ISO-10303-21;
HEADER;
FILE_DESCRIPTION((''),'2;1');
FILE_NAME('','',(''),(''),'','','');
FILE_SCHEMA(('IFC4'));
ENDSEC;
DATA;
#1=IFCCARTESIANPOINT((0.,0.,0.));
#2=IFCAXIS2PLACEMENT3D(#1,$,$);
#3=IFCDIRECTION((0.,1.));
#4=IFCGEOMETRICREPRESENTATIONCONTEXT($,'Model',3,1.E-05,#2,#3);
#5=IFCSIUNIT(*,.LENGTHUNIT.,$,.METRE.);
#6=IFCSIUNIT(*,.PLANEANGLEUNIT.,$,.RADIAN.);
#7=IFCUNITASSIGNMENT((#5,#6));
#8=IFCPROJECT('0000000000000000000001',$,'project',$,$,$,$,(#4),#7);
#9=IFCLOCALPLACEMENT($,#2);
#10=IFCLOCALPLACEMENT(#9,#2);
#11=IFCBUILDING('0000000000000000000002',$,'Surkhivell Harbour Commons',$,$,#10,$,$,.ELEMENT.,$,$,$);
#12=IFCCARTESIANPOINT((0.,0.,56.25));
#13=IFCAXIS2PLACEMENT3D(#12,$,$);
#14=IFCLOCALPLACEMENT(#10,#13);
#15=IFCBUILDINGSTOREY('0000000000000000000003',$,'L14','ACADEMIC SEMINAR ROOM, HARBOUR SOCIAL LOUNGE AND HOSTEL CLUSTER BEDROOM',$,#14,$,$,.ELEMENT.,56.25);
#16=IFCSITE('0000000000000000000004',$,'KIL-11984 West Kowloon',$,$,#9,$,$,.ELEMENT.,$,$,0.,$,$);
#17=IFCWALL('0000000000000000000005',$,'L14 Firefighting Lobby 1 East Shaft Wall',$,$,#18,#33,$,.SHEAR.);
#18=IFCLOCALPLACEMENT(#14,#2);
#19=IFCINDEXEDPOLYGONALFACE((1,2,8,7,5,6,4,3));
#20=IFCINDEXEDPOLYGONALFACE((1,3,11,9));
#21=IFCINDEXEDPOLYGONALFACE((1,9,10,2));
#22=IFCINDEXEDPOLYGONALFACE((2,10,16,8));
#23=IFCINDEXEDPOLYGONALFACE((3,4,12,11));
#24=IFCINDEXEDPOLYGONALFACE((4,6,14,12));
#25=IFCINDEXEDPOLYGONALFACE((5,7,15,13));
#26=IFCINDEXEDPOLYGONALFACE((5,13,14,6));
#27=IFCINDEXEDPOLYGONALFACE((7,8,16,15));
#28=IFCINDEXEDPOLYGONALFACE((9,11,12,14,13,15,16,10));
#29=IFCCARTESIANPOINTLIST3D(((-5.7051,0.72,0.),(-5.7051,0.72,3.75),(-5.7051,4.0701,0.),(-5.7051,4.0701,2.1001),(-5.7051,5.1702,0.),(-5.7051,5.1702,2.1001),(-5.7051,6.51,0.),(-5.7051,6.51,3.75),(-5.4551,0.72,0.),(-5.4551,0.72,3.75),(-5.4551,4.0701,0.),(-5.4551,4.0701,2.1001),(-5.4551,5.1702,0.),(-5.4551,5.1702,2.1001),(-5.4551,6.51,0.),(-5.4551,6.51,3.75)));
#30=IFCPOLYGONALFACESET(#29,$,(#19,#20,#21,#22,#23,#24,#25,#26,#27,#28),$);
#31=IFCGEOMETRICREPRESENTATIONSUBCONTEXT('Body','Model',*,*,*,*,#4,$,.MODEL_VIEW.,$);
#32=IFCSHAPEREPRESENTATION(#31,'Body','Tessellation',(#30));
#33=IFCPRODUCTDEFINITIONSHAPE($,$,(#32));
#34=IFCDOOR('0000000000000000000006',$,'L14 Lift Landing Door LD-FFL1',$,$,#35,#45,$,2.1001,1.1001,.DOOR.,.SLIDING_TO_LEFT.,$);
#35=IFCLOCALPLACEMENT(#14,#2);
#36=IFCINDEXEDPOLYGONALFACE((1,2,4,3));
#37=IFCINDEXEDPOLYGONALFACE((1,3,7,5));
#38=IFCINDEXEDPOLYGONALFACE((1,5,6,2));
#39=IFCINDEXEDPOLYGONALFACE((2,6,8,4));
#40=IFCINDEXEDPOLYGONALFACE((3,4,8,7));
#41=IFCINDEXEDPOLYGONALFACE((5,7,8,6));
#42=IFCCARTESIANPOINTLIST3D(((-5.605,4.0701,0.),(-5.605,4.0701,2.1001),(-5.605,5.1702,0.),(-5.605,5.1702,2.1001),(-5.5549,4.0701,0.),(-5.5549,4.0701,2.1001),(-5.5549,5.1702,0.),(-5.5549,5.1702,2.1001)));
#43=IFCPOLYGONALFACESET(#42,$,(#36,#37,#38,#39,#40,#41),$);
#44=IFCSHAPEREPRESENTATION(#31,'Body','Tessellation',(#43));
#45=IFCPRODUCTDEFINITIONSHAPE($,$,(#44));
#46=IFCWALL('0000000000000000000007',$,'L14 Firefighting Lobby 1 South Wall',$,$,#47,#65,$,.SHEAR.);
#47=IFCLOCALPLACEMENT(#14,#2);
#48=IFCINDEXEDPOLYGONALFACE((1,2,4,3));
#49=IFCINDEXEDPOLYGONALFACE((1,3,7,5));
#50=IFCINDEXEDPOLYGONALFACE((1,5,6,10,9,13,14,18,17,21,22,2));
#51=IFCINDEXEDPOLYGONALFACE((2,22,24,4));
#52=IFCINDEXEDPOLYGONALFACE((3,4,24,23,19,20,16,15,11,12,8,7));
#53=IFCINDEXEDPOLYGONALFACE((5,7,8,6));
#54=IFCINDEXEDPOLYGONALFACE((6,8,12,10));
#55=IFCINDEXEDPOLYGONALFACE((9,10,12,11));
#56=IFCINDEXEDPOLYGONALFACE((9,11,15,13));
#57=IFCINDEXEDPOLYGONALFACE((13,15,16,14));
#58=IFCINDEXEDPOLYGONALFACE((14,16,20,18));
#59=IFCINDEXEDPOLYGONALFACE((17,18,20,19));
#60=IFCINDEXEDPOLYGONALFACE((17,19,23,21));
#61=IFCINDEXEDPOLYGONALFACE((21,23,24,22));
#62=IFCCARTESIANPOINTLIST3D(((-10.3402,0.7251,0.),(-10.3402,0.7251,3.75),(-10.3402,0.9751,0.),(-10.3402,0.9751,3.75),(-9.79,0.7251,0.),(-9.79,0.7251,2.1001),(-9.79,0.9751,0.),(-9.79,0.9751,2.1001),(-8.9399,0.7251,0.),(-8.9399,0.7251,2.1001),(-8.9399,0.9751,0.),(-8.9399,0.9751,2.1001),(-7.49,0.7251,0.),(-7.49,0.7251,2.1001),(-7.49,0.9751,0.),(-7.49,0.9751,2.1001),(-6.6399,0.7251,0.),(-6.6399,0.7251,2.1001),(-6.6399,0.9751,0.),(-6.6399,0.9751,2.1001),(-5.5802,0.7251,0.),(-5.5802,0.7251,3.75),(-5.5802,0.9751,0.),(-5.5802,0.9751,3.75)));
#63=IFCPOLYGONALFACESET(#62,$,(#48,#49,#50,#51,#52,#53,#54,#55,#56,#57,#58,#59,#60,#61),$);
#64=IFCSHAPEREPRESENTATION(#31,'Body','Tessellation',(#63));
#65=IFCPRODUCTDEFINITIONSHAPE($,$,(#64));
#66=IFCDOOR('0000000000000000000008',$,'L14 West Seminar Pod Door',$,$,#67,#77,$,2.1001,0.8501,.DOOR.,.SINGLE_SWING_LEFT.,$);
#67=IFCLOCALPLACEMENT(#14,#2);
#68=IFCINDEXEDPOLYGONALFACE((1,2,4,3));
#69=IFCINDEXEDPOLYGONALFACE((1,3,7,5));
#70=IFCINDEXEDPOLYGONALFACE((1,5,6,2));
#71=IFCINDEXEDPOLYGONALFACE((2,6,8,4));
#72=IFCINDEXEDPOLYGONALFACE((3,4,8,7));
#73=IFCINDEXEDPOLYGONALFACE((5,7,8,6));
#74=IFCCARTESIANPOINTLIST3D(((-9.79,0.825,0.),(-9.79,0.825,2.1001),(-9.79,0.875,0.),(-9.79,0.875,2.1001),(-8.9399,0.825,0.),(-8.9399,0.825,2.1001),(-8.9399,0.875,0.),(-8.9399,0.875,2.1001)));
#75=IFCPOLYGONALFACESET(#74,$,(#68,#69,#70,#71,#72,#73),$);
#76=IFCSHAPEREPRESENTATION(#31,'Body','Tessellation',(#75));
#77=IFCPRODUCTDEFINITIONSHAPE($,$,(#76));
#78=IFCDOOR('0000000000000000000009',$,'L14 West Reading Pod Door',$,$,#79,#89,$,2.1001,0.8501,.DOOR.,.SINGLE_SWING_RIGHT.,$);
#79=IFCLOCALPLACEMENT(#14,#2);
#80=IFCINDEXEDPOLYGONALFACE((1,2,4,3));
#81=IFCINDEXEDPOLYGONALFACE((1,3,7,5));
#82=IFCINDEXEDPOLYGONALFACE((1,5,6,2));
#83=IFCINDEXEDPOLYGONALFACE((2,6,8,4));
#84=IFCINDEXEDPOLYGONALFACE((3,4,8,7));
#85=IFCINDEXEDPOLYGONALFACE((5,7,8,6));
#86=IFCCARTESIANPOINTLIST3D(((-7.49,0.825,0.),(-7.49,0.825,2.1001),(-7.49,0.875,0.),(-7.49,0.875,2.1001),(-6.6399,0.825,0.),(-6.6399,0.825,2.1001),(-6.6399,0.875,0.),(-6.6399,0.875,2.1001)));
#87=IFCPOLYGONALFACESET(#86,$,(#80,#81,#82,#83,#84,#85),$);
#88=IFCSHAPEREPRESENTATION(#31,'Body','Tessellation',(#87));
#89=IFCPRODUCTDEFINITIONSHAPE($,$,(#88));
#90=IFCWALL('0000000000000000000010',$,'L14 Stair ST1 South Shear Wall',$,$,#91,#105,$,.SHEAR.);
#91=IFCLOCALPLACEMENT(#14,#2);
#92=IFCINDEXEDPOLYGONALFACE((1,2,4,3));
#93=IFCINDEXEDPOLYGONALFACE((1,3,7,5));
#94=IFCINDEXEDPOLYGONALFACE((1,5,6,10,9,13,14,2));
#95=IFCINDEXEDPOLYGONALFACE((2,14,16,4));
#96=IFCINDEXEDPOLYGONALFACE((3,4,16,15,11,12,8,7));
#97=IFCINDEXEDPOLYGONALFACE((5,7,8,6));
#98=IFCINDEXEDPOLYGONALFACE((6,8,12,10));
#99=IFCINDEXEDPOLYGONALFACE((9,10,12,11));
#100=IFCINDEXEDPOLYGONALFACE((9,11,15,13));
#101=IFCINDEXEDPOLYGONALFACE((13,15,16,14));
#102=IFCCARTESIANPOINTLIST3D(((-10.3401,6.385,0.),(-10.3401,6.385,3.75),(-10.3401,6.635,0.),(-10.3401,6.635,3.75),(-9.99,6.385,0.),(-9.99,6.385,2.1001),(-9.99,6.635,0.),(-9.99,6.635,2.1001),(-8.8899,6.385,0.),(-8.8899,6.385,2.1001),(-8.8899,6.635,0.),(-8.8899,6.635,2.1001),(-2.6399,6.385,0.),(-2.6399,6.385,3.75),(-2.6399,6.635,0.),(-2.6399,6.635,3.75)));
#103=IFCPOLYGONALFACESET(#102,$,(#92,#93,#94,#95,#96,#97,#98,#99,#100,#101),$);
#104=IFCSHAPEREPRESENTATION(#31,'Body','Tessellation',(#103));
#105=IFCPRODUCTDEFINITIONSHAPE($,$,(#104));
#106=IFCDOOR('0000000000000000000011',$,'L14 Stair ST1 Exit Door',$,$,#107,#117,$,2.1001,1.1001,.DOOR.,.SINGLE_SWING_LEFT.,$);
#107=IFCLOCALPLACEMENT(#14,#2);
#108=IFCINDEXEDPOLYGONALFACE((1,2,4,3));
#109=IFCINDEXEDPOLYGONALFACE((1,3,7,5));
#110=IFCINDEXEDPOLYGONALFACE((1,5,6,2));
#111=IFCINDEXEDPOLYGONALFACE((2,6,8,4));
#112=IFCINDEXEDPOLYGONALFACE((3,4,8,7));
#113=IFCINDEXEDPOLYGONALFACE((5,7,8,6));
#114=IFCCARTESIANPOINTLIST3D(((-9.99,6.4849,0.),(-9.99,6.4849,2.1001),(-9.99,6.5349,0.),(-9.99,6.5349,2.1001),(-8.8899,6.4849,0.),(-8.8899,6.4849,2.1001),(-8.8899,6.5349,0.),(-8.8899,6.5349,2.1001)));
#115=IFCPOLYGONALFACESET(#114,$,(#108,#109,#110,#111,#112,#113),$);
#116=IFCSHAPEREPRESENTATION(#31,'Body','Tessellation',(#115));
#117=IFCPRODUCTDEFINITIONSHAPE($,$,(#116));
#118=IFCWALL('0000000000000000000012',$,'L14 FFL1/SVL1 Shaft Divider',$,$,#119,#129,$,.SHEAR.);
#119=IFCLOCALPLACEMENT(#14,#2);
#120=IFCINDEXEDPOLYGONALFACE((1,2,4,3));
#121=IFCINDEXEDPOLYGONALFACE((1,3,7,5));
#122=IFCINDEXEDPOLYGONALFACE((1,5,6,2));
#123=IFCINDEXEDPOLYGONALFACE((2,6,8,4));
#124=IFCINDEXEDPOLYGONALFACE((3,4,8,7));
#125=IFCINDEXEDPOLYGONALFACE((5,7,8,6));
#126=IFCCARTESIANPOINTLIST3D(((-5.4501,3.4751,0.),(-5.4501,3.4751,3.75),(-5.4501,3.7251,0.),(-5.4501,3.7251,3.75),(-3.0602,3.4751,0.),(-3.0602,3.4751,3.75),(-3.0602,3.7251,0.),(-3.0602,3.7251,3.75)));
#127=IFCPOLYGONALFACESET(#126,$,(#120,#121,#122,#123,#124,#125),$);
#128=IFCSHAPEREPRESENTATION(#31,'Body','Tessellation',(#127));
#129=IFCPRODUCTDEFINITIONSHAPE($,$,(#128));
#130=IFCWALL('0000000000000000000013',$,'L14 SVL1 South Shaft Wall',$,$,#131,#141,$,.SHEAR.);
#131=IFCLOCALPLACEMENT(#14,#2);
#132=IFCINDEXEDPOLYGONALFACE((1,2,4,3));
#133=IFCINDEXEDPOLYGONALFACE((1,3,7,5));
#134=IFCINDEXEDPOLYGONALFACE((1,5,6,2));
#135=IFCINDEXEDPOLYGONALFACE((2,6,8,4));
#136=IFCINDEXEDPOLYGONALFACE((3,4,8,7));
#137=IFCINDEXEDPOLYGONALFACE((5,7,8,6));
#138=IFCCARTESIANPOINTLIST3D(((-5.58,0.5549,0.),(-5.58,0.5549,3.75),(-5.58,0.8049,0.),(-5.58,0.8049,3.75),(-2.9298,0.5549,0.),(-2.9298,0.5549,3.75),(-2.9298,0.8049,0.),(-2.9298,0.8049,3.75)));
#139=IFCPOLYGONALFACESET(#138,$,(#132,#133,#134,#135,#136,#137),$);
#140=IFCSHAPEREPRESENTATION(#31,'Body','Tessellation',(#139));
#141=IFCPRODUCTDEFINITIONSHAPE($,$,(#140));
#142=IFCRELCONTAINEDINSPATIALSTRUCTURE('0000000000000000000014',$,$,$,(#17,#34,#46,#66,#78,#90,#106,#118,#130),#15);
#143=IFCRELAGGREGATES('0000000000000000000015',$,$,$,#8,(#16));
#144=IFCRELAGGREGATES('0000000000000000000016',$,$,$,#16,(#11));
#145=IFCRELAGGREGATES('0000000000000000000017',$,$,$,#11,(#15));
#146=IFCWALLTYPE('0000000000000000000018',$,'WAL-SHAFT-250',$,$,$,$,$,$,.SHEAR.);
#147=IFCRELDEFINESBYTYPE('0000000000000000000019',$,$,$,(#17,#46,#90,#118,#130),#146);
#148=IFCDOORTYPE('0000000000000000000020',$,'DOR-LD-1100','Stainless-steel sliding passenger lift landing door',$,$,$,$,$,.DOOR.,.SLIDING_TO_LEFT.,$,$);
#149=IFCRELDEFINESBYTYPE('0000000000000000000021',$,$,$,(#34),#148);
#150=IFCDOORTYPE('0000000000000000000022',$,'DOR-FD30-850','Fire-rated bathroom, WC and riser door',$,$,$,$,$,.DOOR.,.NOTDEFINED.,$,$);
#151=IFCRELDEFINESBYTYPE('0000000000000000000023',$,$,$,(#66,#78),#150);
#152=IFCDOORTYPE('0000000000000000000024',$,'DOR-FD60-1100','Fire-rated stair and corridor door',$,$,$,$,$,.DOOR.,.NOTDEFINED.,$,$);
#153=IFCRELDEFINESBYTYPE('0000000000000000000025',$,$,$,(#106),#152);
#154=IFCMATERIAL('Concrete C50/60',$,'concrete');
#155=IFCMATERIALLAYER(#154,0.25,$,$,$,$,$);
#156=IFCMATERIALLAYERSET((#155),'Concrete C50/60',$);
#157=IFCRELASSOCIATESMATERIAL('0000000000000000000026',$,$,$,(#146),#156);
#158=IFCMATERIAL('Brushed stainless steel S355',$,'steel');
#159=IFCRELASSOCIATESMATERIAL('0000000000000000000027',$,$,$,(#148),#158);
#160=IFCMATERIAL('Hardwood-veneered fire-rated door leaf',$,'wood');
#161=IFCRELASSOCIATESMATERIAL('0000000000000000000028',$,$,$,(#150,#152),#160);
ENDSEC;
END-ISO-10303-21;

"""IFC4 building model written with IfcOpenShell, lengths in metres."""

from ifc_helpers import new_model, si_unit, direction, frame, frame_2d, origin, place, context, subcontext, project, spatial, rectangle, extrude, material, layer, layer_set, type_object, element, fill, save


model = new_model("IFC4")

# Units and contexts
model_context = context("Model", 3, precision=1e-05, world=origin(), true_north=direction((0.0, 1.0)))
body_context = subcontext(model_context, "Body", "Model", "MODEL_VIEW")
ifc_project = project(units=[si_unit("LENGTHUNIT", "METRE"), si_unit("PLANEANGLEUNIT", "RADIAN")], contexts=[model_context])

# Site, building, storey
site_placement = place(None, origin())
site = spatial("IfcSite", under=ifc_project, at=site_placement, Name="KIL-11984 West Kowloon", CompositionType="ELEMENT", RefElevation=0.0)
building_placement = place(site_placement, origin())
building = spatial("IfcBuilding", under=site, at=building_placement, Name="Surkhivell Harbour Commons", CompositionType="ELEMENT")
storey_placement = place(building_placement, frame((0.0, 0.0, 56.25)))
storey = spatial("IfcBuildingStorey", under=building, at=storey_placement, Name="L14", Description="ACADEMIC SEMINAR ROOM, HARBOUR SOCIAL LOUNGE AND HOSTEL CLUSTER BEDROOM", CompositionType="ELEMENT", Elevation=56.25)

# Shared definitions
ifc_material_1 = material(Name="Hardwood-veneered fire-rated door leaf", Category="wood")

# Wall, opening, door
ifc_material_2 = material(Name="Concrete C50/60", Category="concrete")
ifc_layer_1 = layer(ifc_material_2, 0.25)
ifc_layer_set_1 = layer_set([ifc_layer_1], Name="Concrete C50/60")
wall_type_1 = type_object("IfcWallType", Name="WAL-SHAFT-250", PredefinedType="SHEAR", material=ifc_layer_set_1)
wall_1_placement = place(storey_placement, frame((-5.5801, 0.72, 0.0), z_axis=(0.0, 0.0, 1.0), x_axis=(0.0, 1.0, 0.0)))
wall_1 = element("IfcWall", 1, at=wall_1_placement, inside=storey, type_object=wall_type_1, Name="L14 Firefighting Lobby 1 East Shaft Wall", PredefinedType="SHEAR", context=body_context, shape_type="SweptSolid", body=[
    extrude(rectangle(XDim=5.79, YDim=0.25, at=frame_2d((2.895, 0.0))), origin(), (0.0, 0.0, 1.0), 3.75),
])
opening_1_placement = place(wall_1_placement, frame((3.3501, 0.0, 0.0)))
opening_1 = element("IfcOpeningElement", 2, at=opening_1_placement, cuts=wall_1, PredefinedType="OPENING", context=body_context, shape_type="SweptSolid", body=[
    extrude(rectangle(XDim=1.1001, YDim=2.1001, at=frame_2d((0.55, 1.05))), frame((0.0, 0.135, 0.0), z_axis=(0.0, -1.0, 0.0), x_axis=(1.0, 0.0, 0.0)), (0.0, 0.0, 1.0), 0.27),
])
ifc_material_3 = material(Name="Brushed stainless steel S355", Category="steel")
door_type_1 = type_object("IfcDoorType", Name="DOR-LD-1100", Description="Stainless-steel sliding passenger lift landing door", OperationType="SLIDING_TO_LEFT", PredefinedType="DOOR", material=ifc_material_3)
door_1_placement = place(opening_1_placement, origin())
door_1 = element("IfcDoor", 3, at=door_1_placement, inside=storey, type_object=door_type_1, Name="L14 Lift Landing Door LD-FFL1", OperationType="SLIDING_TO_LEFT", OverallHeight=2.1001, OverallWidth=1.1001, PredefinedType="DOOR", context=body_context, shape_type="SweptSolid", body=[
    extrude(rectangle(XDim=1.1001, YDim=2.1001, at=frame_2d((0.55, 1.05))), frame((0.0, 0.0249, 0.0), z_axis=(0.0, -1.0, 0.0), x_axis=(1.0, 0.0, 0.0)), (0.0, 0.0, 1.0), 0.05),
])
fill(opening_1, door_1)

# Wall, openings, doors
wall_2_placement = place(storey_placement, frame((-10.3401, 0.8501, 0.0), z_axis=(0.0, 0.0, 1.0), x_axis=(1.0, 0.0, 0.0)))
wall_2 = element("IfcWall", 4, at=wall_2_placement, inside=storey, type_object=wall_type_1, Name="L14 Firefighting Lobby 1 South Wall", PredefinedType="SHEAR", context=body_context, shape_type="SweptSolid", body=[
    extrude(rectangle(XDim=4.76, YDim=0.25, at=frame_2d((2.3799, 0.0))), origin(), (0.0, 0.0, 1.0), 3.75),
])
opening_2_placement = place(wall_2_placement, frame((0.55, 0.0, 0.0)))
opening_2 = element("IfcOpeningElement", 5, at=opening_2_placement, cuts=wall_2, PredefinedType="OPENING", context=body_context, shape_type="SweptSolid", body=[
    extrude(rectangle(XDim=0.8501, YDim=2.1001, at=frame_2d((0.425, 1.05))), frame((0.0, 0.135, 0.0), z_axis=(0.0, -1.0, 0.0), x_axis=(1.0, 0.0, 0.0)), (0.0, 0.0, 1.0), 0.27),
])
opening_3_placement = place(wall_2_placement, frame((2.8501, 0.0, 0.0)))
opening_3 = element("IfcOpeningElement", 6, at=opening_3_placement, cuts=wall_2, PredefinedType="OPENING", context=body_context, shape_type="SweptSolid", body=[
    extrude(rectangle(XDim=0.8501, YDim=2.1001, at=frame_2d((0.425, 1.05))), frame((0.0, 0.135, 0.0), z_axis=(0.0, -1.0, 0.0), x_axis=(1.0, 0.0, 0.0)), (0.0, 0.0, 1.0), 0.27),
])
door_type_2 = type_object("IfcDoorType", Name="DOR-FD30-850", Description="Fire-rated bathroom, WC and riser door", OperationType="NOTDEFINED", PredefinedType="DOOR", material=ifc_material_1)
door_2_placement = place(opening_2_placement, origin())
door_2 = element("IfcDoor", 7, at=door_2_placement, inside=storey, type_object=door_type_2, Name="L14 West Seminar Pod Door", OperationType="SINGLE_SWING_LEFT", OverallHeight=2.1001, OverallWidth=0.8501, PredefinedType="DOOR", context=body_context, shape_type="SweptSolid", body=[
    extrude(rectangle(XDim=0.8501, YDim=2.1001, at=frame_2d((0.425, 1.05))), frame((0.0, 0.0249, 0.0), z_axis=(0.0, -1.0, 0.0), x_axis=(1.0, 0.0, 0.0)), (0.0, 0.0, 1.0), 0.05),
])
fill(opening_2, door_2)
door_3_placement = place(opening_3_placement, origin())
door_3 = element("IfcDoor", 8, at=door_3_placement, inside=storey, type_object=door_type_2, Name="L14 West Reading Pod Door", OperationType="SINGLE_SWING_RIGHT", OverallHeight=2.1001, OverallWidth=0.8501, PredefinedType="DOOR", context=body_context, shape_type="SweptSolid", body=[
    extrude(rectangle(XDim=0.8501, YDim=2.1001, at=frame_2d((0.425, 1.05))), frame((0.0, 0.0249, 0.0), z_axis=(0.0, -1.0, 0.0), x_axis=(1.0, 0.0, 0.0)), (0.0, 0.0, 1.0), 0.05),
])
fill(opening_3, door_3)

# Wall, opening, door
wall_3_placement = place(storey_placement, frame((-10.3401, 6.51, 0.0), z_axis=(0.0, 0.0, 1.0), x_axis=(1.0, 0.0, 0.0)))
wall_3 = element("IfcWall", 9, at=wall_3_placement, inside=storey, type_object=wall_type_1, Name="L14 Stair ST1 South Shear Wall", PredefinedType="SHEAR", context=body_context, shape_type="SweptSolid", body=[
    extrude(rectangle(XDim=7.7002, YDim=0.25, at=frame_2d((3.8501, 0.0))), origin(), (0.0, 0.0, 1.0), 3.75),
])
opening_4_placement = place(wall_3_placement, frame((0.3501, 0.0, 0.0)))
opening_4 = element("IfcOpeningElement", 10, at=opening_4_placement, cuts=wall_3, PredefinedType="OPENING", context=body_context, shape_type="SweptSolid", body=[
    extrude(rectangle(XDim=1.1001, YDim=2.1001, at=frame_2d((0.55, 1.05))), frame((0.0, 0.135, 0.0), z_axis=(0.0, -1.0, 0.0), x_axis=(1.0, 0.0, 0.0)), (0.0, 0.0, 1.0), 0.27),
])
door_type_3 = type_object("IfcDoorType", Name="DOR-FD60-1100", Description="Fire-rated stair and corridor door", OperationType="NOTDEFINED", PredefinedType="DOOR", material=ifc_material_1)
door_4_placement = place(opening_4_placement, origin())
door_4 = element("IfcDoor", 11, at=door_4_placement, inside=storey, type_object=door_type_3, Name="L14 Stair ST1 Exit Door", OperationType="SINGLE_SWING_LEFT", OverallHeight=2.1001, OverallWidth=1.1001, PredefinedType="DOOR", context=body_context, shape_type="SweptSolid", body=[
    extrude(rectangle(XDim=1.1001, YDim=2.1001, at=frame_2d((0.55, 1.05))), frame((0.0, 0.0249, 0.0), z_axis=(0.0, -1.0, 0.0), x_axis=(1.0, 0.0, 0.0)), (0.0, 0.0, 1.0), 0.05),
])
fill(opening_4, door_4)

# Walls
wall_4_placement = place(storey_placement, frame((-5.45, 3.6001, 0.0), z_axis=(0.0, 0.0, 1.0), x_axis=(1.0, 0.0, 0.0)))
element("IfcWall", 12, at=wall_4_placement, inside=storey, type_object=wall_type_1, Name="L14 FFL1/SVL1 Shaft Divider", PredefinedType="SHEAR", context=body_context, shape_type="SweptSolid", body=[
    extrude(rectangle(XDim=2.3899, YDim=0.25, at=frame_2d((1.1948, 0.0))), origin(), (0.0, 0.0, 1.0), 3.75),
])
wall_5_placement = place(storey_placement, frame((-5.5801, 0.6799, 0.0), z_axis=(0.0, 0.0, 1.0), x_axis=(1.0, 0.0, 0.0)))
element("IfcWall", 13, at=wall_5_placement, inside=storey, type_object=wall_type_1, Name="L14 SVL1 South Shaft Wall", PredefinedType="SHEAR", context=body_context, shape_type="SweptSolid", body=[
    extrude(rectangle(XDim=2.6501, YDim=0.25, at=frame_2d((1.3252, 0.0))), origin(), (0.0, 0.0, 1.0), 3.75),
])

save(model, "model.ifc")
